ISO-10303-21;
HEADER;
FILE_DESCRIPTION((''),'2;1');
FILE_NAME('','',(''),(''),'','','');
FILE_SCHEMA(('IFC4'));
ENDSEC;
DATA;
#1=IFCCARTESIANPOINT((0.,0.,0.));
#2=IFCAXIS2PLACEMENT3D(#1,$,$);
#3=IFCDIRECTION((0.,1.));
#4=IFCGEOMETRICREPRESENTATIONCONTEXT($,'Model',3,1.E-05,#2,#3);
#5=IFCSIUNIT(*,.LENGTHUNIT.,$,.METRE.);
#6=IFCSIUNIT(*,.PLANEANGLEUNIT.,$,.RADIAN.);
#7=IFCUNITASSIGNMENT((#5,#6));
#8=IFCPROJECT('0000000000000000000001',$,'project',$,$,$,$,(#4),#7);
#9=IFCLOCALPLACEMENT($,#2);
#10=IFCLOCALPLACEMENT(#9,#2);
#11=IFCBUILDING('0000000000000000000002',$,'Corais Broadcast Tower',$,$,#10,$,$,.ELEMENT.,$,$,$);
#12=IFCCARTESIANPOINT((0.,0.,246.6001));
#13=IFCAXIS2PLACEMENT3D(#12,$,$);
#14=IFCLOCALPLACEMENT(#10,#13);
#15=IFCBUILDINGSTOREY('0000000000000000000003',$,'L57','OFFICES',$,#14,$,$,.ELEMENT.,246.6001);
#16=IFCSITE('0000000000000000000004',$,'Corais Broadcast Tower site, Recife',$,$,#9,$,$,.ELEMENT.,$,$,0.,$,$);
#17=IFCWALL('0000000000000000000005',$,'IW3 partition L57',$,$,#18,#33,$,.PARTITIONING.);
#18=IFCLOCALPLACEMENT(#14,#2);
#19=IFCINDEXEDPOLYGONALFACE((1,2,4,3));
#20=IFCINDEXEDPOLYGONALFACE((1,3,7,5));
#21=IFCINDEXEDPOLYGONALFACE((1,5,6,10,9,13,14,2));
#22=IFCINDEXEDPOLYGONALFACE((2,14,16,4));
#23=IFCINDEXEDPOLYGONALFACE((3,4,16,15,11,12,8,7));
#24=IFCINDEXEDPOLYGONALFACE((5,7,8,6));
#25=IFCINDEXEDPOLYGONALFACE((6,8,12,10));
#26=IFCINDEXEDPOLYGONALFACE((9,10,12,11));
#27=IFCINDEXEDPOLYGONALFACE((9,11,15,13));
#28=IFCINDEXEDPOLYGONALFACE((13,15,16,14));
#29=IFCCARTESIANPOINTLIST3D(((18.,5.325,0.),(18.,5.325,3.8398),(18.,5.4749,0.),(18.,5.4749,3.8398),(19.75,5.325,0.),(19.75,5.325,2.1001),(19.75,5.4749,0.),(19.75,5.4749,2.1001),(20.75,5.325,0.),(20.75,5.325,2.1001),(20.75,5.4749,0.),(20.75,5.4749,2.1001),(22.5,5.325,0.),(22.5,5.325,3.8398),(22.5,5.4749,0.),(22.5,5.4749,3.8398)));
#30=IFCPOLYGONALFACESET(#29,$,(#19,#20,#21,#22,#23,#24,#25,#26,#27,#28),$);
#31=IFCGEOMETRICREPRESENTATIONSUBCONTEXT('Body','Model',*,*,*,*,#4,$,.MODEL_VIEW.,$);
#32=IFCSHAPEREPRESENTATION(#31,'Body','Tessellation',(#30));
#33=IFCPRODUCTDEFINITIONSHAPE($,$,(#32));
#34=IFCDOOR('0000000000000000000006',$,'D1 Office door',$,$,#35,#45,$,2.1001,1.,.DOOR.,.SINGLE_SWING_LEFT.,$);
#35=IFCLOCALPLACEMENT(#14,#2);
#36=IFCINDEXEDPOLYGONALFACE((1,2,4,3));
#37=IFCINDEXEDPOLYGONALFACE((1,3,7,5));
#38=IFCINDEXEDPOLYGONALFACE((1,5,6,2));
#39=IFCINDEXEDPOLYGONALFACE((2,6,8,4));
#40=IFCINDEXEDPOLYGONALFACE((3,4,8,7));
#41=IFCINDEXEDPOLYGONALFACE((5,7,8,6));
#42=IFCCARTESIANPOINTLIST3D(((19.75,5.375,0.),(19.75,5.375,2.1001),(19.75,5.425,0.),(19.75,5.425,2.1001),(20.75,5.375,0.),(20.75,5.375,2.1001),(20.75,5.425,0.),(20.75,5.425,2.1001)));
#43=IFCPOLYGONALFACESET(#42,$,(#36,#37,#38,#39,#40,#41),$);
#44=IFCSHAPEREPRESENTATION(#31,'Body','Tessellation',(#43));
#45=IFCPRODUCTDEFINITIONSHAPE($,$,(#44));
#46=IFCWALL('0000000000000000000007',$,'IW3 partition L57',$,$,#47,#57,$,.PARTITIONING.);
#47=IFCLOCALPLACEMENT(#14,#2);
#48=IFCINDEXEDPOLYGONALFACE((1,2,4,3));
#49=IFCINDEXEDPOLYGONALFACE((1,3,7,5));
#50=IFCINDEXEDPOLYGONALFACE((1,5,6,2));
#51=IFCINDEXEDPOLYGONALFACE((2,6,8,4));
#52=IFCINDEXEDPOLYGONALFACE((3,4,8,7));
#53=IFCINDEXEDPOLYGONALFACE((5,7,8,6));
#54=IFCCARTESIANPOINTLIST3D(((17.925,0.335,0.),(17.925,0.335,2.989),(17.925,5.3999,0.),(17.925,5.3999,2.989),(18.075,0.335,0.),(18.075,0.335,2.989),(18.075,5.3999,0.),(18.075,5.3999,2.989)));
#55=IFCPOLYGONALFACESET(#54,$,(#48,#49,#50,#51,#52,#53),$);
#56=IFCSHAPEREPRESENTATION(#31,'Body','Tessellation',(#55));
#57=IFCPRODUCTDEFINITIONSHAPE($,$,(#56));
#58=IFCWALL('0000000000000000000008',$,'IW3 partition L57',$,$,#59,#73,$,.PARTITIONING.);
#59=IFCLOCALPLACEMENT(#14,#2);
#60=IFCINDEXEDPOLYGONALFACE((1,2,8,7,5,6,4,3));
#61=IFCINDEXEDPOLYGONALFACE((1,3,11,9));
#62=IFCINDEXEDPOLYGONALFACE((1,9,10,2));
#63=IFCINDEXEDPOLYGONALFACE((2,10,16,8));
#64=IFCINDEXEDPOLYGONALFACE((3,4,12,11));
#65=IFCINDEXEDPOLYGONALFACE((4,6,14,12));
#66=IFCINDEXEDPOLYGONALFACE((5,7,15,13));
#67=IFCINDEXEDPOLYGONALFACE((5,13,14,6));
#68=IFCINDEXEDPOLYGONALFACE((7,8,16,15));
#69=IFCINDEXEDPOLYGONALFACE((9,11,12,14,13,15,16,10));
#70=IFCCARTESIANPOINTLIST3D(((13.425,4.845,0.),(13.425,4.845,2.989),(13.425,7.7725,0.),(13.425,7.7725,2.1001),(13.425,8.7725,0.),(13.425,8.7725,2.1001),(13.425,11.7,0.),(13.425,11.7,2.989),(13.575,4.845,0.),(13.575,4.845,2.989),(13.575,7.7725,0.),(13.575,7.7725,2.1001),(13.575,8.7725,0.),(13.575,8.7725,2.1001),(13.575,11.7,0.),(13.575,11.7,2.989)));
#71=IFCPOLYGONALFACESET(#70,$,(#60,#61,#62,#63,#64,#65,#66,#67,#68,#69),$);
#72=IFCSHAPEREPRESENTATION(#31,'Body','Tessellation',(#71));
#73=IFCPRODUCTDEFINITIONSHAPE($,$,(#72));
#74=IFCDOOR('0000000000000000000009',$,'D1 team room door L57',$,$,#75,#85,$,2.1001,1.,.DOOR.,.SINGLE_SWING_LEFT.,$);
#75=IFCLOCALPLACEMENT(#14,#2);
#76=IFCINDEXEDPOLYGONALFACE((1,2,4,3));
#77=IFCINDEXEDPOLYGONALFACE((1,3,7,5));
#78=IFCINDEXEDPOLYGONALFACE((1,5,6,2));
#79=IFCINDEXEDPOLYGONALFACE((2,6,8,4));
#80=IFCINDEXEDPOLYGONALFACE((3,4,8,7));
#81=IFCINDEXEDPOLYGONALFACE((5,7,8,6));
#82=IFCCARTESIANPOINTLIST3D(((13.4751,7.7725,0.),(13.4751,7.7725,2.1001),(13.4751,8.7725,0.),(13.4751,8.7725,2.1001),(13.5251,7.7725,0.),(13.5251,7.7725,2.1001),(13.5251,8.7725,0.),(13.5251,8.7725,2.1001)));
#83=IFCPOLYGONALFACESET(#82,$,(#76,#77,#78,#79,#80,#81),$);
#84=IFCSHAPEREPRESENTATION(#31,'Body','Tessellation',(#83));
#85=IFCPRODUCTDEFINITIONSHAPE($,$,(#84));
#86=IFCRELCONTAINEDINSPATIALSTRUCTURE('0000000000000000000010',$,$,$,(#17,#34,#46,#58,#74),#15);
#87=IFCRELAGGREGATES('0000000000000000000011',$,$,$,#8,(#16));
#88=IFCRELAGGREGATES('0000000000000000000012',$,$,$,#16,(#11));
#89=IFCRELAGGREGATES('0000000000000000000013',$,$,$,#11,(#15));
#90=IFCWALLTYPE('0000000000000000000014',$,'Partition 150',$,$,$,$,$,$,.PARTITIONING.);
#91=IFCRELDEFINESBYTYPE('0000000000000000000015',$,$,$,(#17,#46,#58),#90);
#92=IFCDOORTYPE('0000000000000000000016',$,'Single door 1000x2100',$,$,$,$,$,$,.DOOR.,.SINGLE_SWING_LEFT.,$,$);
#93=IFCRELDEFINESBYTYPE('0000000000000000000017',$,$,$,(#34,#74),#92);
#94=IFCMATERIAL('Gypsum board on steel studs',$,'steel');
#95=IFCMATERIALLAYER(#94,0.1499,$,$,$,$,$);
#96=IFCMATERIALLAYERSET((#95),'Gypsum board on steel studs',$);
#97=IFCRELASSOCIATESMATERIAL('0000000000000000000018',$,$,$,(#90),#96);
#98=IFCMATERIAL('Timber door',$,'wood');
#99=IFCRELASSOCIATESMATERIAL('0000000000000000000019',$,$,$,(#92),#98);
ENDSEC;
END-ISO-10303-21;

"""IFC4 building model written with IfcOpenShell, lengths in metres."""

from ifc_helpers import new_model, si_unit, direction, frame, frame_2d, origin, place, context, subcontext, project, spatial, rectangle, extrude, material, layer, layer_set, type_object, element, fill, save


model = new_model("IFC4")

# Units and contexts
model_context = context("Model", 3, precision=1e-05, world=origin(), true_north=direction((0.0, 1.0)))
body_context = subcontext(model_context, "Body", "Model", "MODEL_VIEW")
ifc_project = project(units=[si_unit("LENGTHUNIT", "METRE"), si_unit("PLANEANGLEUNIT", "RADIAN")], contexts=[model_context])

# Site, building, storey
site_placement = place(None, origin())
site = spatial("IfcSite", under=ifc_project, at=site_placement, Name="Corais Broadcast Tower site, Recife", CompositionType="ELEMENT", RefElevation=0.0)
building_placement = place(site_placement, origin())
building = spatial("IfcBuilding", under=site, at=building_placement, Name="Corais Broadcast Tower", CompositionType="ELEMENT")
storey_placement = place(building_placement, frame((0.0, 0.0, 246.6001)))
storey = spatial("IfcBuildingStorey", under=building, at=storey_placement, Name="L57", Description="OFFICES", CompositionType="ELEMENT", Elevation=246.6001)

# Shared definitions
ifc_material_1 = material(Name="Gypsum board on steel studs", Category="steel")
ifc_layer_1 = layer(ifc_material_1, 0.1499)
ifc_layer_set_1 = layer_set([ifc_layer_1], Name="Gypsum board on steel studs")
wall_type = type_object("IfcWallType", Name="Partition 150", PredefinedType="PARTITIONING", material=ifc_layer_set_1)

# Wall, opening, door
wall_1_placement = place(storey_placement, frame((22.5, 5.3999, 0.0), z_axis=(0.0, 0.0, 1.0), x_axis=(-1.0, 0.0, 0.0)))
wall_1 = element("IfcWall", 1, at=wall_1_placement, inside=storey, type_object=wall_type, Name="IW3 partition L57", PredefinedType="PARTITIONING", context=body_context, shape_type="SweptSolid", body=[
    extrude(rectangle(XDim=4.5, YDim=0.1499, at=frame_2d((2.25, 0.0))), origin(), (0.0, 0.0, 1.0), 3.8398),
])
opening_1_placement = place(wall_1_placement, frame((1.75, 0.0, 0.0)))
opening_1 = element("IfcOpeningElement", 2, at=opening_1_placement, cuts=wall_1, PredefinedType="OPENING", context=body_context, shape_type="SweptSolid", body=[
    extrude(rectangle(XDim=1.0, YDim=2.1001, at=frame_2d((0.5, 1.05))), frame((0.0, 0.085, 0.0), z_axis=(0.0, -1.0, 0.0), x_axis=(1.0, 0.0, 0.0)), (0.0, 0.0, 1.0), 0.1699),
])
ifc_material_2 = material(Name="Timber door", Category="wood")
door_type = type_object("IfcDoorType", Name="Single door 1000x2100", OperationType="SINGLE_SWING_LEFT", PredefinedType="DOOR", material=ifc_material_2)
door_1_placement = place(opening_1_placement, origin())
door_1 = element("IfcDoor", 3, at=door_1_placement, inside=storey, type_object=door_type, Name="D1 Office door", OperationType="SINGLE_SWING_LEFT", OverallHeight=2.1001, OverallWidth=1.0, PredefinedType="DOOR", context=body_context, shape_type="SweptSolid", body=[
    extrude(rectangle(XDim=1.0, YDim=2.1001, at=frame_2d((0.5, 1.05))), frame((0.0, 0.0249, 0.0), z_axis=(0.0, -1.0, 0.0), x_axis=(1.0, 0.0, 0.0)), (0.0, 0.0, 1.0), 0.05),
])
fill(opening_1, door_1)

# Wall
wall_2_placement = place(storey_placement, frame((18.0, 5.3999, 0.0), z_axis=(0.0, 0.0, 1.0), x_axis=(0.0, -1.0, 0.0)))
element("IfcWall", 4, at=wall_2_placement, inside=storey, type_object=wall_type, Name="IW3 partition L57", PredefinedType="PARTITIONING", context=body_context, shape_type="SweptSolid", body=[
    extrude(rectangle(XDim=5.0649, YDim=0.1499, at=frame_2d((2.5325, 0.0))), origin(), (0.0, 0.0, 1.0), 2.989),
])

# Wall, opening, door
wall_3_placement = place(storey_placement, frame((13.5, 4.845, 0.0), z_axis=(0.0, 0.0, 1.0), x_axis=(0.0, 1.0, 0.0)))
wall_3 = element("IfcWall", 5, at=wall_3_placement, inside=storey, type_object=wall_type, Name="IW3 partition L57", PredefinedType="PARTITIONING", context=body_context, shape_type="SweptSolid", body=[
    extrude(rectangle(XDim=6.855, YDim=0.1499, at=frame_2d((3.4275, 0.0))), origin(), (0.0, 0.0, 1.0), 2.989),
])
opening_2_placement = place(wall_3_placement, frame((2.9275, 0.0, 0.0)))
opening_2 = element("IfcOpeningElement", 6, at=opening_2_placement, cuts=wall_3, PredefinedType="OPENING", context=body_context, shape_type="SweptSolid", body=[
    extrude(rectangle(XDim=1.0, YDim=2.1001, at=frame_2d((0.5, 1.05))), frame((0.0, 0.085, 0.0), z_axis=(0.0, -1.0, 0.0), x_axis=(1.0, 0.0, 0.0)), (0.0, 0.0, 1.0), 0.1699),
])
door_2_placement = place(opening_2_placement, origin())
door_2 = element("IfcDoor", 7, at=door_2_placement, inside=storey, type_object=door_type, Name="D1 team room door L57", OperationType="SINGLE_SWING_LEFT", OverallHeight=2.1001, OverallWidth=1.0, PredefinedType="DOOR", context=body_context, shape_type="SweptSolid", body=[
    extrude(rectangle(XDim=1.0, YDim=2.1001, at=frame_2d((0.5, 1.05))), frame((0.0, 0.0249, 0.0), z_axis=(0.0, -1.0, 0.0), x_axis=(1.0, 0.0, 0.0)), (0.0, 0.0, 1.0), 0.05),
])
fill(opening_2, door_2)

save(model, "model.ifc")
